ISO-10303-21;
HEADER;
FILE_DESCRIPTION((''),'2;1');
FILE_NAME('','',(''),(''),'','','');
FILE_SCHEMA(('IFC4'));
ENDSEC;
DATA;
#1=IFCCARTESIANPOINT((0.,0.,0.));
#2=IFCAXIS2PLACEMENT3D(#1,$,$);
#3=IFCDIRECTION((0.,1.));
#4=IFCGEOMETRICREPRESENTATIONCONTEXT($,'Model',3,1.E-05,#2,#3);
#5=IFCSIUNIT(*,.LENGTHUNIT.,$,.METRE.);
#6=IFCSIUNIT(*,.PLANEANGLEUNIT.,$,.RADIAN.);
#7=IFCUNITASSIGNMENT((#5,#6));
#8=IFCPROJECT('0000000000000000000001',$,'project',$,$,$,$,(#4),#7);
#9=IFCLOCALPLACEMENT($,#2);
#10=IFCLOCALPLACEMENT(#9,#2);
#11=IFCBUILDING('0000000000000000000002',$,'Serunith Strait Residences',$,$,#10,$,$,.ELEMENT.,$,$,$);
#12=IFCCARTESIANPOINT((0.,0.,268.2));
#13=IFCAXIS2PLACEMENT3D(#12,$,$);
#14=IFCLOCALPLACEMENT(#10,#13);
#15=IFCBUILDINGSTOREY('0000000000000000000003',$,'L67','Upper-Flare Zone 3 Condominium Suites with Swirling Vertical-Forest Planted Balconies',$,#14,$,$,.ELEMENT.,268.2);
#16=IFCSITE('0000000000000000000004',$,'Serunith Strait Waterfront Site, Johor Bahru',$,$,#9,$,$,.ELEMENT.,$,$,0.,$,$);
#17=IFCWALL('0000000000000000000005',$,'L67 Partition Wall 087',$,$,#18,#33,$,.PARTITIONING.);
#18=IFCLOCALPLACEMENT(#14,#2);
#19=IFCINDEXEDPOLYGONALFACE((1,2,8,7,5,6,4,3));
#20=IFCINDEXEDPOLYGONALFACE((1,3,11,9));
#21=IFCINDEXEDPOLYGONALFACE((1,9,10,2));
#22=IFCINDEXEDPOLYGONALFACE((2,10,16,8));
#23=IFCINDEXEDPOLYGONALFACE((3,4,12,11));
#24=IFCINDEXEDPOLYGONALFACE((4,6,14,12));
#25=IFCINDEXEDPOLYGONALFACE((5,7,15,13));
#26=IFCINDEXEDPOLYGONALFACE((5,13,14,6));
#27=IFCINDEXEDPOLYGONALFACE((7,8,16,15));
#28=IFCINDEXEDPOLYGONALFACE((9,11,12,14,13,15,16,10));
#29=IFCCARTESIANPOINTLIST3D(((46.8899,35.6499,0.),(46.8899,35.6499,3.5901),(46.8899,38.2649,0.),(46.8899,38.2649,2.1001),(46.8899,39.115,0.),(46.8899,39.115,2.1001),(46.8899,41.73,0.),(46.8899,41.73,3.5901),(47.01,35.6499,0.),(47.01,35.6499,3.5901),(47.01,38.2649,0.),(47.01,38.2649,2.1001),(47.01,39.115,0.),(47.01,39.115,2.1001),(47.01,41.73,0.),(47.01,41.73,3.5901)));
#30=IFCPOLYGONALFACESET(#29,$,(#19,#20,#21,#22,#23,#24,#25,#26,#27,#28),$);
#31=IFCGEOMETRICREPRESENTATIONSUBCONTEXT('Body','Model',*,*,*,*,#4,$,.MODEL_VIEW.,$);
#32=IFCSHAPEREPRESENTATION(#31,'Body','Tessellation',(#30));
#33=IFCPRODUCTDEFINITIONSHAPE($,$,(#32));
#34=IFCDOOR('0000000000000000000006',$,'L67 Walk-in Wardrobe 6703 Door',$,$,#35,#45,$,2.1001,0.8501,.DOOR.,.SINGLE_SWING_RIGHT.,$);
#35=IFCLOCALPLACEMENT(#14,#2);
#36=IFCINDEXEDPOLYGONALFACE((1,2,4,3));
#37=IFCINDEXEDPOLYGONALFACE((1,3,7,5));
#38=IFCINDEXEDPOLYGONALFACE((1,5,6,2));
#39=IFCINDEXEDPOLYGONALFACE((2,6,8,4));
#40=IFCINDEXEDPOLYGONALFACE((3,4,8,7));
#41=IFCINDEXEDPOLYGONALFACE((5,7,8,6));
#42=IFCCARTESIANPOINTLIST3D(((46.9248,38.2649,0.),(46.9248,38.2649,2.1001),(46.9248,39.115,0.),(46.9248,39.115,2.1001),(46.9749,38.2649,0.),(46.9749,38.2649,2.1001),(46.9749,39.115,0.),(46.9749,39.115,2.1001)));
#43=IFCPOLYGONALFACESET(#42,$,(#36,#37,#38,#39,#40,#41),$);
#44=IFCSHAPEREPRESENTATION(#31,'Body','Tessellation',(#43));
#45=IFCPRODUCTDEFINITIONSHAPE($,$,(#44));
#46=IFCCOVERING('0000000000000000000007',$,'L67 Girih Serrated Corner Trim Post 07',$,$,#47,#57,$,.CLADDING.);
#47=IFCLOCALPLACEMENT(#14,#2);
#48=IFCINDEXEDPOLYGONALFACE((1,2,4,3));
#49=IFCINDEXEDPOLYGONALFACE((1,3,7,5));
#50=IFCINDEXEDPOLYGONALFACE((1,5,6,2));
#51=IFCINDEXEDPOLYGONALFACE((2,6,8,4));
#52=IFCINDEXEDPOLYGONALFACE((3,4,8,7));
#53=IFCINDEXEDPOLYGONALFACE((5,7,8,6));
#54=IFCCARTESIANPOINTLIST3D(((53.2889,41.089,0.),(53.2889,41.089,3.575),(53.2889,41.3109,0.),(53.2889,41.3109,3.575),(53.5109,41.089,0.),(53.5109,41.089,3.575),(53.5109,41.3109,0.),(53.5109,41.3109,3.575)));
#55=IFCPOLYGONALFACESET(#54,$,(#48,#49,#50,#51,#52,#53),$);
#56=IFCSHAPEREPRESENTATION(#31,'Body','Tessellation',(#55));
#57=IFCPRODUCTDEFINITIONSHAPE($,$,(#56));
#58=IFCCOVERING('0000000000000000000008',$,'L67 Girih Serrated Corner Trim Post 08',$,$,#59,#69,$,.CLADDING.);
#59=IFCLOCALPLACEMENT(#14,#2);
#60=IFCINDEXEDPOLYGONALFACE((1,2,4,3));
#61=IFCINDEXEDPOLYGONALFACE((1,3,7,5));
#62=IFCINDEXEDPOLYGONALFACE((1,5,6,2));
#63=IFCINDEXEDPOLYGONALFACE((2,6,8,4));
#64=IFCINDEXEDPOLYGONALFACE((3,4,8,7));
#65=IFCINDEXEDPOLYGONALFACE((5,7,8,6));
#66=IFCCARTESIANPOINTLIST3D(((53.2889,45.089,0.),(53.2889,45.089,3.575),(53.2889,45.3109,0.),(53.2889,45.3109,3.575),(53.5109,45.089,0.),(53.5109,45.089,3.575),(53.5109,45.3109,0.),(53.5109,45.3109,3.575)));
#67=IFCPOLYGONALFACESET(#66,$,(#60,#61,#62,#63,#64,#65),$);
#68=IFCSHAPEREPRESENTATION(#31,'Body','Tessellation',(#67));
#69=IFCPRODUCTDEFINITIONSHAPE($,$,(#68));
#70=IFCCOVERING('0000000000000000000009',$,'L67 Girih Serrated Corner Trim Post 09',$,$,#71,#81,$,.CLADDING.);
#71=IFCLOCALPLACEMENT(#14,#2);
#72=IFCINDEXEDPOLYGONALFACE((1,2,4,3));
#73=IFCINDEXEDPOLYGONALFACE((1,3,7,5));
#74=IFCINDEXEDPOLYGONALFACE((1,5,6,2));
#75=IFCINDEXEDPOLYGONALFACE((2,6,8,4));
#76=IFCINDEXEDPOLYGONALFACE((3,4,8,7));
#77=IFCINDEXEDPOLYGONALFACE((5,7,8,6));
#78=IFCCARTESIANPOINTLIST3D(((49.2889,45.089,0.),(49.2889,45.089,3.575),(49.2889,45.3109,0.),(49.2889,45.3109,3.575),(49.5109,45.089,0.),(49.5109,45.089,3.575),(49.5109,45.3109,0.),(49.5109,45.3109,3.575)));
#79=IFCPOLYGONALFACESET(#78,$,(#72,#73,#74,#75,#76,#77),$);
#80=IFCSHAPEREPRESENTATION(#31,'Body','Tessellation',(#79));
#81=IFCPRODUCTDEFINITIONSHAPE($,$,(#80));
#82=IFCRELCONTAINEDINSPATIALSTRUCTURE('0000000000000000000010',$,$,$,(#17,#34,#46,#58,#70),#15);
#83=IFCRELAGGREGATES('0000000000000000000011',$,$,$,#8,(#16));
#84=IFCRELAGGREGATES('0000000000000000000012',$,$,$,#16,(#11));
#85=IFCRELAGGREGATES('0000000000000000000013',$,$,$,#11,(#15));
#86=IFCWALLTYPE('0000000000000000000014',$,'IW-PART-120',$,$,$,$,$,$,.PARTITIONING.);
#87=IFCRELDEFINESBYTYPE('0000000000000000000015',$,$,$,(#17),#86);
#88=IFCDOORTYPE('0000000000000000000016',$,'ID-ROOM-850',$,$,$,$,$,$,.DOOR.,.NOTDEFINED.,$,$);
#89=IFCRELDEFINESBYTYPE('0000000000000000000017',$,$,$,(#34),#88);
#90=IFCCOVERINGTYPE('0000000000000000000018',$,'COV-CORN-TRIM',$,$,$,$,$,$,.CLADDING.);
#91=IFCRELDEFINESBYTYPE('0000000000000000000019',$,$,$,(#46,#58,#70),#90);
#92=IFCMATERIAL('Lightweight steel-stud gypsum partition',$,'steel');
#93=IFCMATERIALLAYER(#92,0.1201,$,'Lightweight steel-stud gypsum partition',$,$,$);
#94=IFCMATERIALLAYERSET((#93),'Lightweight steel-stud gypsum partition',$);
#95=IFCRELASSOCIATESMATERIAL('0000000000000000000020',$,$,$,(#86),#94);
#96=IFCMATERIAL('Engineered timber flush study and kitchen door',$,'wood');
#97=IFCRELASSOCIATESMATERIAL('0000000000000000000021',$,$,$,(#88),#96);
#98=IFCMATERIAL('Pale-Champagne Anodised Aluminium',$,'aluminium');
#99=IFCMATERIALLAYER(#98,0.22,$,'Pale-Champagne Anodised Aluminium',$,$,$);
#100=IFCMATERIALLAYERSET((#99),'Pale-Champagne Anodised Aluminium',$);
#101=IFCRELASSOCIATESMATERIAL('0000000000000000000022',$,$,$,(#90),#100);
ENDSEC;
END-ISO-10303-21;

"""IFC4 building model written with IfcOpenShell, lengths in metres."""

from ifc_helpers import new_model, si_unit, direction, frame, frame_2d, origin, origin_2d, place, context, subcontext, project, spatial, rectangle, extrude, source, transform, mapped, material, layer, layer_set, type_object, element, fill, save


model = new_model("IFC4")

# Units and contexts
model_context = context("Model", 3, precision=1e-05, world=origin(), true_north=direction((0.0, 1.0)))
body_context = subcontext(model_context, "Body", "Model", "MODEL_VIEW")
ifc_project = project(units=[si_unit("LENGTHUNIT", "METRE"), si_unit("PLANEANGLEUNIT", "RADIAN")], contexts=[model_context])

# Site, building, storey
site_placement = place(None, origin())
site = spatial("IfcSite", under=ifc_project, at=site_placement, Name="Serunith Strait Waterfront Site, Johor Bahru", CompositionType="ELEMENT", RefElevation=0.0)
building_placement = place(site_placement, origin())
building = spatial("IfcBuilding", under=site, at=building_placement, Name="Serunith Strait Residences", CompositionType="ELEMENT")
storey_placement = place(building_placement, frame((0.0, 0.0, 268.2)))
storey = spatial("IfcBuildingStorey", under=building, at=storey_placement, Name="L67", Description="Upper-Flare Zone 3 Condominium Suites with Swirling Vertical-Forest Planted Balconies", CompositionType="ELEMENT", Elevation=268.2)

# Shared definitions
ifc_material_1 = material(Name="Pale-Champagne Anodised Aluminium", Category="aluminium")

# Shared definitions
ifc_material_2 = material(Name="Lightweight steel-stud gypsum partition", Category="steel")
ifc_layer_1 = layer(ifc_material_2, 0.1201, Name="Lightweight steel-stud gypsum partition")
ifc_layer_set_1 = layer_set([ifc_layer_1], Name="Lightweight steel-stud gypsum partition")
wall_type_1 = type_object("IfcWallType", Name="IW-PART-120", PredefinedType="PARTITIONING", material=ifc_layer_set_1)

# Wall, opening, door
wall_1_placement = place(storey_placement, frame((46.95, 41.73, 0.0), z_axis=(0.0, 0.0, 1.0), x_axis=(0.0, -1.0, 0.0)))
wall_1 = element("IfcWall", 1, at=wall_1_placement, inside=storey, type_object=wall_type_1, Name="L67 Partition Wall 087", PredefinedType="PARTITIONING", context=body_context, shape_type="SweptSolid", body=[
    extrude(rectangle(XDim=6.0801, YDim=0.1201, at=frame_2d((3.04, 0.0))), origin(), (0.0, 0.0, 1.0), 3.5901),
])
opening_1_placement = place(wall_1_placement, frame((2.615, 0.0, 0.0)))
opening_1 = element("IfcOpeningElement", 2, at=opening_1_placement, cuts=wall_1, PredefinedType="OPENING", context=body_context, shape_type="SweptSolid", body=[
    extrude(rectangle(XDim=0.8501, YDim=2.1001, at=frame_2d((0.425, 1.05))), frame((0.0, 0.0701, 0.0), z_axis=(0.0, -1.0, 0.0), x_axis=(1.0, 0.0, 0.0)), (0.0, 0.0, 1.0), 0.1401),
])
ifc_material_3 = material(Name="Engineered timber flush study and kitchen door", Category="wood")
door_type_1 = type_object("IfcDoorType", Name="ID-ROOM-850", OperationType="NOTDEFINED", PredefinedType="DOOR", material=ifc_material_3)
shared_shape_1 = source(origin(), body_context, "Body", "SweptSolid", [
    extrude(rectangle(XDim=0.8501, YDim=2.1001, at=frame_2d((0.425, 1.05))), frame((0.0, 0.0249, 0.0), z_axis=(0.0, -1.0, 0.0), x_axis=(1.0, 0.0, 0.0)), (0.0, 0.0, 1.0), 0.05),
])
door_1_placement = place(opening_1_placement, origin())
door_1 = element("IfcDoor", 3, at=door_1_placement, inside=storey, type_object=door_type_1, Name="L67 Walk-in Wardrobe 6703 Door", OperationType="SINGLE_SWING_RIGHT", OverallHeight=2.1001, OverallWidth=0.8501, PredefinedType="DOOR", context=body_context, shape_type="MappedRepresentation", body=[
    mapped(shared_shape_1, transform((0.0, 0.0, 0.0), scale=1.0)),
])
fill(opening_1, door_1)

# Coverings
ifc_layer_2 = layer(ifc_material_1, 0.22, Name="Pale-Champagne Anodised Aluminium")
ifc_layer_set_2 = layer_set([ifc_layer_2], Name="Pale-Champagne Anodised Aluminium")
covering_type = type_object("IfcCoveringType", Name="COV-CORN-TRIM", PredefinedType="CLADDING", material=ifc_layer_set_2)
shared_shape_2 = source(origin(), body_context, "Body", "SweptSolid", [
    extrude(rectangle(XDim=0.2219, YDim=0.2219, at=origin_2d()), origin(), (0.0, 0.0, 1.0), 3.575),
])
for number, where, z_axis, x_axis, name in (
    (4, (53.3999, 41.2, 0.0), (0.0, 0.0, 1.0), (1.0, 0.0, 0.0), "L67 Girih Serrated Corner Trim Post 07"),
    (5, (53.3999, 45.2, 0.0), (0.0, 0.0, 1.0), (1.0, 0.0, 0.0), "L67 Girih Serrated Corner Trim Post 08"),
    (6, (49.3999, 45.2, 0.0), (0.0, 0.0, 1.0), (1.0, 0.0, 0.0), "L67 Girih Serrated Corner Trim Post 09"),
):
    element("IfcCovering", number, at=place(storey_placement, frame(where, z_axis=z_axis, x_axis=x_axis)), inside=storey, type_object=covering_type, Name=name, PredefinedType="CLADDING", context=body_context, shape_type="MappedRepresentation", body=[
        mapped(shared_shape_2, transform((0.0, 0.0, 0.0), scale=1.0)),
    ])

save(model, "model.ifc")
